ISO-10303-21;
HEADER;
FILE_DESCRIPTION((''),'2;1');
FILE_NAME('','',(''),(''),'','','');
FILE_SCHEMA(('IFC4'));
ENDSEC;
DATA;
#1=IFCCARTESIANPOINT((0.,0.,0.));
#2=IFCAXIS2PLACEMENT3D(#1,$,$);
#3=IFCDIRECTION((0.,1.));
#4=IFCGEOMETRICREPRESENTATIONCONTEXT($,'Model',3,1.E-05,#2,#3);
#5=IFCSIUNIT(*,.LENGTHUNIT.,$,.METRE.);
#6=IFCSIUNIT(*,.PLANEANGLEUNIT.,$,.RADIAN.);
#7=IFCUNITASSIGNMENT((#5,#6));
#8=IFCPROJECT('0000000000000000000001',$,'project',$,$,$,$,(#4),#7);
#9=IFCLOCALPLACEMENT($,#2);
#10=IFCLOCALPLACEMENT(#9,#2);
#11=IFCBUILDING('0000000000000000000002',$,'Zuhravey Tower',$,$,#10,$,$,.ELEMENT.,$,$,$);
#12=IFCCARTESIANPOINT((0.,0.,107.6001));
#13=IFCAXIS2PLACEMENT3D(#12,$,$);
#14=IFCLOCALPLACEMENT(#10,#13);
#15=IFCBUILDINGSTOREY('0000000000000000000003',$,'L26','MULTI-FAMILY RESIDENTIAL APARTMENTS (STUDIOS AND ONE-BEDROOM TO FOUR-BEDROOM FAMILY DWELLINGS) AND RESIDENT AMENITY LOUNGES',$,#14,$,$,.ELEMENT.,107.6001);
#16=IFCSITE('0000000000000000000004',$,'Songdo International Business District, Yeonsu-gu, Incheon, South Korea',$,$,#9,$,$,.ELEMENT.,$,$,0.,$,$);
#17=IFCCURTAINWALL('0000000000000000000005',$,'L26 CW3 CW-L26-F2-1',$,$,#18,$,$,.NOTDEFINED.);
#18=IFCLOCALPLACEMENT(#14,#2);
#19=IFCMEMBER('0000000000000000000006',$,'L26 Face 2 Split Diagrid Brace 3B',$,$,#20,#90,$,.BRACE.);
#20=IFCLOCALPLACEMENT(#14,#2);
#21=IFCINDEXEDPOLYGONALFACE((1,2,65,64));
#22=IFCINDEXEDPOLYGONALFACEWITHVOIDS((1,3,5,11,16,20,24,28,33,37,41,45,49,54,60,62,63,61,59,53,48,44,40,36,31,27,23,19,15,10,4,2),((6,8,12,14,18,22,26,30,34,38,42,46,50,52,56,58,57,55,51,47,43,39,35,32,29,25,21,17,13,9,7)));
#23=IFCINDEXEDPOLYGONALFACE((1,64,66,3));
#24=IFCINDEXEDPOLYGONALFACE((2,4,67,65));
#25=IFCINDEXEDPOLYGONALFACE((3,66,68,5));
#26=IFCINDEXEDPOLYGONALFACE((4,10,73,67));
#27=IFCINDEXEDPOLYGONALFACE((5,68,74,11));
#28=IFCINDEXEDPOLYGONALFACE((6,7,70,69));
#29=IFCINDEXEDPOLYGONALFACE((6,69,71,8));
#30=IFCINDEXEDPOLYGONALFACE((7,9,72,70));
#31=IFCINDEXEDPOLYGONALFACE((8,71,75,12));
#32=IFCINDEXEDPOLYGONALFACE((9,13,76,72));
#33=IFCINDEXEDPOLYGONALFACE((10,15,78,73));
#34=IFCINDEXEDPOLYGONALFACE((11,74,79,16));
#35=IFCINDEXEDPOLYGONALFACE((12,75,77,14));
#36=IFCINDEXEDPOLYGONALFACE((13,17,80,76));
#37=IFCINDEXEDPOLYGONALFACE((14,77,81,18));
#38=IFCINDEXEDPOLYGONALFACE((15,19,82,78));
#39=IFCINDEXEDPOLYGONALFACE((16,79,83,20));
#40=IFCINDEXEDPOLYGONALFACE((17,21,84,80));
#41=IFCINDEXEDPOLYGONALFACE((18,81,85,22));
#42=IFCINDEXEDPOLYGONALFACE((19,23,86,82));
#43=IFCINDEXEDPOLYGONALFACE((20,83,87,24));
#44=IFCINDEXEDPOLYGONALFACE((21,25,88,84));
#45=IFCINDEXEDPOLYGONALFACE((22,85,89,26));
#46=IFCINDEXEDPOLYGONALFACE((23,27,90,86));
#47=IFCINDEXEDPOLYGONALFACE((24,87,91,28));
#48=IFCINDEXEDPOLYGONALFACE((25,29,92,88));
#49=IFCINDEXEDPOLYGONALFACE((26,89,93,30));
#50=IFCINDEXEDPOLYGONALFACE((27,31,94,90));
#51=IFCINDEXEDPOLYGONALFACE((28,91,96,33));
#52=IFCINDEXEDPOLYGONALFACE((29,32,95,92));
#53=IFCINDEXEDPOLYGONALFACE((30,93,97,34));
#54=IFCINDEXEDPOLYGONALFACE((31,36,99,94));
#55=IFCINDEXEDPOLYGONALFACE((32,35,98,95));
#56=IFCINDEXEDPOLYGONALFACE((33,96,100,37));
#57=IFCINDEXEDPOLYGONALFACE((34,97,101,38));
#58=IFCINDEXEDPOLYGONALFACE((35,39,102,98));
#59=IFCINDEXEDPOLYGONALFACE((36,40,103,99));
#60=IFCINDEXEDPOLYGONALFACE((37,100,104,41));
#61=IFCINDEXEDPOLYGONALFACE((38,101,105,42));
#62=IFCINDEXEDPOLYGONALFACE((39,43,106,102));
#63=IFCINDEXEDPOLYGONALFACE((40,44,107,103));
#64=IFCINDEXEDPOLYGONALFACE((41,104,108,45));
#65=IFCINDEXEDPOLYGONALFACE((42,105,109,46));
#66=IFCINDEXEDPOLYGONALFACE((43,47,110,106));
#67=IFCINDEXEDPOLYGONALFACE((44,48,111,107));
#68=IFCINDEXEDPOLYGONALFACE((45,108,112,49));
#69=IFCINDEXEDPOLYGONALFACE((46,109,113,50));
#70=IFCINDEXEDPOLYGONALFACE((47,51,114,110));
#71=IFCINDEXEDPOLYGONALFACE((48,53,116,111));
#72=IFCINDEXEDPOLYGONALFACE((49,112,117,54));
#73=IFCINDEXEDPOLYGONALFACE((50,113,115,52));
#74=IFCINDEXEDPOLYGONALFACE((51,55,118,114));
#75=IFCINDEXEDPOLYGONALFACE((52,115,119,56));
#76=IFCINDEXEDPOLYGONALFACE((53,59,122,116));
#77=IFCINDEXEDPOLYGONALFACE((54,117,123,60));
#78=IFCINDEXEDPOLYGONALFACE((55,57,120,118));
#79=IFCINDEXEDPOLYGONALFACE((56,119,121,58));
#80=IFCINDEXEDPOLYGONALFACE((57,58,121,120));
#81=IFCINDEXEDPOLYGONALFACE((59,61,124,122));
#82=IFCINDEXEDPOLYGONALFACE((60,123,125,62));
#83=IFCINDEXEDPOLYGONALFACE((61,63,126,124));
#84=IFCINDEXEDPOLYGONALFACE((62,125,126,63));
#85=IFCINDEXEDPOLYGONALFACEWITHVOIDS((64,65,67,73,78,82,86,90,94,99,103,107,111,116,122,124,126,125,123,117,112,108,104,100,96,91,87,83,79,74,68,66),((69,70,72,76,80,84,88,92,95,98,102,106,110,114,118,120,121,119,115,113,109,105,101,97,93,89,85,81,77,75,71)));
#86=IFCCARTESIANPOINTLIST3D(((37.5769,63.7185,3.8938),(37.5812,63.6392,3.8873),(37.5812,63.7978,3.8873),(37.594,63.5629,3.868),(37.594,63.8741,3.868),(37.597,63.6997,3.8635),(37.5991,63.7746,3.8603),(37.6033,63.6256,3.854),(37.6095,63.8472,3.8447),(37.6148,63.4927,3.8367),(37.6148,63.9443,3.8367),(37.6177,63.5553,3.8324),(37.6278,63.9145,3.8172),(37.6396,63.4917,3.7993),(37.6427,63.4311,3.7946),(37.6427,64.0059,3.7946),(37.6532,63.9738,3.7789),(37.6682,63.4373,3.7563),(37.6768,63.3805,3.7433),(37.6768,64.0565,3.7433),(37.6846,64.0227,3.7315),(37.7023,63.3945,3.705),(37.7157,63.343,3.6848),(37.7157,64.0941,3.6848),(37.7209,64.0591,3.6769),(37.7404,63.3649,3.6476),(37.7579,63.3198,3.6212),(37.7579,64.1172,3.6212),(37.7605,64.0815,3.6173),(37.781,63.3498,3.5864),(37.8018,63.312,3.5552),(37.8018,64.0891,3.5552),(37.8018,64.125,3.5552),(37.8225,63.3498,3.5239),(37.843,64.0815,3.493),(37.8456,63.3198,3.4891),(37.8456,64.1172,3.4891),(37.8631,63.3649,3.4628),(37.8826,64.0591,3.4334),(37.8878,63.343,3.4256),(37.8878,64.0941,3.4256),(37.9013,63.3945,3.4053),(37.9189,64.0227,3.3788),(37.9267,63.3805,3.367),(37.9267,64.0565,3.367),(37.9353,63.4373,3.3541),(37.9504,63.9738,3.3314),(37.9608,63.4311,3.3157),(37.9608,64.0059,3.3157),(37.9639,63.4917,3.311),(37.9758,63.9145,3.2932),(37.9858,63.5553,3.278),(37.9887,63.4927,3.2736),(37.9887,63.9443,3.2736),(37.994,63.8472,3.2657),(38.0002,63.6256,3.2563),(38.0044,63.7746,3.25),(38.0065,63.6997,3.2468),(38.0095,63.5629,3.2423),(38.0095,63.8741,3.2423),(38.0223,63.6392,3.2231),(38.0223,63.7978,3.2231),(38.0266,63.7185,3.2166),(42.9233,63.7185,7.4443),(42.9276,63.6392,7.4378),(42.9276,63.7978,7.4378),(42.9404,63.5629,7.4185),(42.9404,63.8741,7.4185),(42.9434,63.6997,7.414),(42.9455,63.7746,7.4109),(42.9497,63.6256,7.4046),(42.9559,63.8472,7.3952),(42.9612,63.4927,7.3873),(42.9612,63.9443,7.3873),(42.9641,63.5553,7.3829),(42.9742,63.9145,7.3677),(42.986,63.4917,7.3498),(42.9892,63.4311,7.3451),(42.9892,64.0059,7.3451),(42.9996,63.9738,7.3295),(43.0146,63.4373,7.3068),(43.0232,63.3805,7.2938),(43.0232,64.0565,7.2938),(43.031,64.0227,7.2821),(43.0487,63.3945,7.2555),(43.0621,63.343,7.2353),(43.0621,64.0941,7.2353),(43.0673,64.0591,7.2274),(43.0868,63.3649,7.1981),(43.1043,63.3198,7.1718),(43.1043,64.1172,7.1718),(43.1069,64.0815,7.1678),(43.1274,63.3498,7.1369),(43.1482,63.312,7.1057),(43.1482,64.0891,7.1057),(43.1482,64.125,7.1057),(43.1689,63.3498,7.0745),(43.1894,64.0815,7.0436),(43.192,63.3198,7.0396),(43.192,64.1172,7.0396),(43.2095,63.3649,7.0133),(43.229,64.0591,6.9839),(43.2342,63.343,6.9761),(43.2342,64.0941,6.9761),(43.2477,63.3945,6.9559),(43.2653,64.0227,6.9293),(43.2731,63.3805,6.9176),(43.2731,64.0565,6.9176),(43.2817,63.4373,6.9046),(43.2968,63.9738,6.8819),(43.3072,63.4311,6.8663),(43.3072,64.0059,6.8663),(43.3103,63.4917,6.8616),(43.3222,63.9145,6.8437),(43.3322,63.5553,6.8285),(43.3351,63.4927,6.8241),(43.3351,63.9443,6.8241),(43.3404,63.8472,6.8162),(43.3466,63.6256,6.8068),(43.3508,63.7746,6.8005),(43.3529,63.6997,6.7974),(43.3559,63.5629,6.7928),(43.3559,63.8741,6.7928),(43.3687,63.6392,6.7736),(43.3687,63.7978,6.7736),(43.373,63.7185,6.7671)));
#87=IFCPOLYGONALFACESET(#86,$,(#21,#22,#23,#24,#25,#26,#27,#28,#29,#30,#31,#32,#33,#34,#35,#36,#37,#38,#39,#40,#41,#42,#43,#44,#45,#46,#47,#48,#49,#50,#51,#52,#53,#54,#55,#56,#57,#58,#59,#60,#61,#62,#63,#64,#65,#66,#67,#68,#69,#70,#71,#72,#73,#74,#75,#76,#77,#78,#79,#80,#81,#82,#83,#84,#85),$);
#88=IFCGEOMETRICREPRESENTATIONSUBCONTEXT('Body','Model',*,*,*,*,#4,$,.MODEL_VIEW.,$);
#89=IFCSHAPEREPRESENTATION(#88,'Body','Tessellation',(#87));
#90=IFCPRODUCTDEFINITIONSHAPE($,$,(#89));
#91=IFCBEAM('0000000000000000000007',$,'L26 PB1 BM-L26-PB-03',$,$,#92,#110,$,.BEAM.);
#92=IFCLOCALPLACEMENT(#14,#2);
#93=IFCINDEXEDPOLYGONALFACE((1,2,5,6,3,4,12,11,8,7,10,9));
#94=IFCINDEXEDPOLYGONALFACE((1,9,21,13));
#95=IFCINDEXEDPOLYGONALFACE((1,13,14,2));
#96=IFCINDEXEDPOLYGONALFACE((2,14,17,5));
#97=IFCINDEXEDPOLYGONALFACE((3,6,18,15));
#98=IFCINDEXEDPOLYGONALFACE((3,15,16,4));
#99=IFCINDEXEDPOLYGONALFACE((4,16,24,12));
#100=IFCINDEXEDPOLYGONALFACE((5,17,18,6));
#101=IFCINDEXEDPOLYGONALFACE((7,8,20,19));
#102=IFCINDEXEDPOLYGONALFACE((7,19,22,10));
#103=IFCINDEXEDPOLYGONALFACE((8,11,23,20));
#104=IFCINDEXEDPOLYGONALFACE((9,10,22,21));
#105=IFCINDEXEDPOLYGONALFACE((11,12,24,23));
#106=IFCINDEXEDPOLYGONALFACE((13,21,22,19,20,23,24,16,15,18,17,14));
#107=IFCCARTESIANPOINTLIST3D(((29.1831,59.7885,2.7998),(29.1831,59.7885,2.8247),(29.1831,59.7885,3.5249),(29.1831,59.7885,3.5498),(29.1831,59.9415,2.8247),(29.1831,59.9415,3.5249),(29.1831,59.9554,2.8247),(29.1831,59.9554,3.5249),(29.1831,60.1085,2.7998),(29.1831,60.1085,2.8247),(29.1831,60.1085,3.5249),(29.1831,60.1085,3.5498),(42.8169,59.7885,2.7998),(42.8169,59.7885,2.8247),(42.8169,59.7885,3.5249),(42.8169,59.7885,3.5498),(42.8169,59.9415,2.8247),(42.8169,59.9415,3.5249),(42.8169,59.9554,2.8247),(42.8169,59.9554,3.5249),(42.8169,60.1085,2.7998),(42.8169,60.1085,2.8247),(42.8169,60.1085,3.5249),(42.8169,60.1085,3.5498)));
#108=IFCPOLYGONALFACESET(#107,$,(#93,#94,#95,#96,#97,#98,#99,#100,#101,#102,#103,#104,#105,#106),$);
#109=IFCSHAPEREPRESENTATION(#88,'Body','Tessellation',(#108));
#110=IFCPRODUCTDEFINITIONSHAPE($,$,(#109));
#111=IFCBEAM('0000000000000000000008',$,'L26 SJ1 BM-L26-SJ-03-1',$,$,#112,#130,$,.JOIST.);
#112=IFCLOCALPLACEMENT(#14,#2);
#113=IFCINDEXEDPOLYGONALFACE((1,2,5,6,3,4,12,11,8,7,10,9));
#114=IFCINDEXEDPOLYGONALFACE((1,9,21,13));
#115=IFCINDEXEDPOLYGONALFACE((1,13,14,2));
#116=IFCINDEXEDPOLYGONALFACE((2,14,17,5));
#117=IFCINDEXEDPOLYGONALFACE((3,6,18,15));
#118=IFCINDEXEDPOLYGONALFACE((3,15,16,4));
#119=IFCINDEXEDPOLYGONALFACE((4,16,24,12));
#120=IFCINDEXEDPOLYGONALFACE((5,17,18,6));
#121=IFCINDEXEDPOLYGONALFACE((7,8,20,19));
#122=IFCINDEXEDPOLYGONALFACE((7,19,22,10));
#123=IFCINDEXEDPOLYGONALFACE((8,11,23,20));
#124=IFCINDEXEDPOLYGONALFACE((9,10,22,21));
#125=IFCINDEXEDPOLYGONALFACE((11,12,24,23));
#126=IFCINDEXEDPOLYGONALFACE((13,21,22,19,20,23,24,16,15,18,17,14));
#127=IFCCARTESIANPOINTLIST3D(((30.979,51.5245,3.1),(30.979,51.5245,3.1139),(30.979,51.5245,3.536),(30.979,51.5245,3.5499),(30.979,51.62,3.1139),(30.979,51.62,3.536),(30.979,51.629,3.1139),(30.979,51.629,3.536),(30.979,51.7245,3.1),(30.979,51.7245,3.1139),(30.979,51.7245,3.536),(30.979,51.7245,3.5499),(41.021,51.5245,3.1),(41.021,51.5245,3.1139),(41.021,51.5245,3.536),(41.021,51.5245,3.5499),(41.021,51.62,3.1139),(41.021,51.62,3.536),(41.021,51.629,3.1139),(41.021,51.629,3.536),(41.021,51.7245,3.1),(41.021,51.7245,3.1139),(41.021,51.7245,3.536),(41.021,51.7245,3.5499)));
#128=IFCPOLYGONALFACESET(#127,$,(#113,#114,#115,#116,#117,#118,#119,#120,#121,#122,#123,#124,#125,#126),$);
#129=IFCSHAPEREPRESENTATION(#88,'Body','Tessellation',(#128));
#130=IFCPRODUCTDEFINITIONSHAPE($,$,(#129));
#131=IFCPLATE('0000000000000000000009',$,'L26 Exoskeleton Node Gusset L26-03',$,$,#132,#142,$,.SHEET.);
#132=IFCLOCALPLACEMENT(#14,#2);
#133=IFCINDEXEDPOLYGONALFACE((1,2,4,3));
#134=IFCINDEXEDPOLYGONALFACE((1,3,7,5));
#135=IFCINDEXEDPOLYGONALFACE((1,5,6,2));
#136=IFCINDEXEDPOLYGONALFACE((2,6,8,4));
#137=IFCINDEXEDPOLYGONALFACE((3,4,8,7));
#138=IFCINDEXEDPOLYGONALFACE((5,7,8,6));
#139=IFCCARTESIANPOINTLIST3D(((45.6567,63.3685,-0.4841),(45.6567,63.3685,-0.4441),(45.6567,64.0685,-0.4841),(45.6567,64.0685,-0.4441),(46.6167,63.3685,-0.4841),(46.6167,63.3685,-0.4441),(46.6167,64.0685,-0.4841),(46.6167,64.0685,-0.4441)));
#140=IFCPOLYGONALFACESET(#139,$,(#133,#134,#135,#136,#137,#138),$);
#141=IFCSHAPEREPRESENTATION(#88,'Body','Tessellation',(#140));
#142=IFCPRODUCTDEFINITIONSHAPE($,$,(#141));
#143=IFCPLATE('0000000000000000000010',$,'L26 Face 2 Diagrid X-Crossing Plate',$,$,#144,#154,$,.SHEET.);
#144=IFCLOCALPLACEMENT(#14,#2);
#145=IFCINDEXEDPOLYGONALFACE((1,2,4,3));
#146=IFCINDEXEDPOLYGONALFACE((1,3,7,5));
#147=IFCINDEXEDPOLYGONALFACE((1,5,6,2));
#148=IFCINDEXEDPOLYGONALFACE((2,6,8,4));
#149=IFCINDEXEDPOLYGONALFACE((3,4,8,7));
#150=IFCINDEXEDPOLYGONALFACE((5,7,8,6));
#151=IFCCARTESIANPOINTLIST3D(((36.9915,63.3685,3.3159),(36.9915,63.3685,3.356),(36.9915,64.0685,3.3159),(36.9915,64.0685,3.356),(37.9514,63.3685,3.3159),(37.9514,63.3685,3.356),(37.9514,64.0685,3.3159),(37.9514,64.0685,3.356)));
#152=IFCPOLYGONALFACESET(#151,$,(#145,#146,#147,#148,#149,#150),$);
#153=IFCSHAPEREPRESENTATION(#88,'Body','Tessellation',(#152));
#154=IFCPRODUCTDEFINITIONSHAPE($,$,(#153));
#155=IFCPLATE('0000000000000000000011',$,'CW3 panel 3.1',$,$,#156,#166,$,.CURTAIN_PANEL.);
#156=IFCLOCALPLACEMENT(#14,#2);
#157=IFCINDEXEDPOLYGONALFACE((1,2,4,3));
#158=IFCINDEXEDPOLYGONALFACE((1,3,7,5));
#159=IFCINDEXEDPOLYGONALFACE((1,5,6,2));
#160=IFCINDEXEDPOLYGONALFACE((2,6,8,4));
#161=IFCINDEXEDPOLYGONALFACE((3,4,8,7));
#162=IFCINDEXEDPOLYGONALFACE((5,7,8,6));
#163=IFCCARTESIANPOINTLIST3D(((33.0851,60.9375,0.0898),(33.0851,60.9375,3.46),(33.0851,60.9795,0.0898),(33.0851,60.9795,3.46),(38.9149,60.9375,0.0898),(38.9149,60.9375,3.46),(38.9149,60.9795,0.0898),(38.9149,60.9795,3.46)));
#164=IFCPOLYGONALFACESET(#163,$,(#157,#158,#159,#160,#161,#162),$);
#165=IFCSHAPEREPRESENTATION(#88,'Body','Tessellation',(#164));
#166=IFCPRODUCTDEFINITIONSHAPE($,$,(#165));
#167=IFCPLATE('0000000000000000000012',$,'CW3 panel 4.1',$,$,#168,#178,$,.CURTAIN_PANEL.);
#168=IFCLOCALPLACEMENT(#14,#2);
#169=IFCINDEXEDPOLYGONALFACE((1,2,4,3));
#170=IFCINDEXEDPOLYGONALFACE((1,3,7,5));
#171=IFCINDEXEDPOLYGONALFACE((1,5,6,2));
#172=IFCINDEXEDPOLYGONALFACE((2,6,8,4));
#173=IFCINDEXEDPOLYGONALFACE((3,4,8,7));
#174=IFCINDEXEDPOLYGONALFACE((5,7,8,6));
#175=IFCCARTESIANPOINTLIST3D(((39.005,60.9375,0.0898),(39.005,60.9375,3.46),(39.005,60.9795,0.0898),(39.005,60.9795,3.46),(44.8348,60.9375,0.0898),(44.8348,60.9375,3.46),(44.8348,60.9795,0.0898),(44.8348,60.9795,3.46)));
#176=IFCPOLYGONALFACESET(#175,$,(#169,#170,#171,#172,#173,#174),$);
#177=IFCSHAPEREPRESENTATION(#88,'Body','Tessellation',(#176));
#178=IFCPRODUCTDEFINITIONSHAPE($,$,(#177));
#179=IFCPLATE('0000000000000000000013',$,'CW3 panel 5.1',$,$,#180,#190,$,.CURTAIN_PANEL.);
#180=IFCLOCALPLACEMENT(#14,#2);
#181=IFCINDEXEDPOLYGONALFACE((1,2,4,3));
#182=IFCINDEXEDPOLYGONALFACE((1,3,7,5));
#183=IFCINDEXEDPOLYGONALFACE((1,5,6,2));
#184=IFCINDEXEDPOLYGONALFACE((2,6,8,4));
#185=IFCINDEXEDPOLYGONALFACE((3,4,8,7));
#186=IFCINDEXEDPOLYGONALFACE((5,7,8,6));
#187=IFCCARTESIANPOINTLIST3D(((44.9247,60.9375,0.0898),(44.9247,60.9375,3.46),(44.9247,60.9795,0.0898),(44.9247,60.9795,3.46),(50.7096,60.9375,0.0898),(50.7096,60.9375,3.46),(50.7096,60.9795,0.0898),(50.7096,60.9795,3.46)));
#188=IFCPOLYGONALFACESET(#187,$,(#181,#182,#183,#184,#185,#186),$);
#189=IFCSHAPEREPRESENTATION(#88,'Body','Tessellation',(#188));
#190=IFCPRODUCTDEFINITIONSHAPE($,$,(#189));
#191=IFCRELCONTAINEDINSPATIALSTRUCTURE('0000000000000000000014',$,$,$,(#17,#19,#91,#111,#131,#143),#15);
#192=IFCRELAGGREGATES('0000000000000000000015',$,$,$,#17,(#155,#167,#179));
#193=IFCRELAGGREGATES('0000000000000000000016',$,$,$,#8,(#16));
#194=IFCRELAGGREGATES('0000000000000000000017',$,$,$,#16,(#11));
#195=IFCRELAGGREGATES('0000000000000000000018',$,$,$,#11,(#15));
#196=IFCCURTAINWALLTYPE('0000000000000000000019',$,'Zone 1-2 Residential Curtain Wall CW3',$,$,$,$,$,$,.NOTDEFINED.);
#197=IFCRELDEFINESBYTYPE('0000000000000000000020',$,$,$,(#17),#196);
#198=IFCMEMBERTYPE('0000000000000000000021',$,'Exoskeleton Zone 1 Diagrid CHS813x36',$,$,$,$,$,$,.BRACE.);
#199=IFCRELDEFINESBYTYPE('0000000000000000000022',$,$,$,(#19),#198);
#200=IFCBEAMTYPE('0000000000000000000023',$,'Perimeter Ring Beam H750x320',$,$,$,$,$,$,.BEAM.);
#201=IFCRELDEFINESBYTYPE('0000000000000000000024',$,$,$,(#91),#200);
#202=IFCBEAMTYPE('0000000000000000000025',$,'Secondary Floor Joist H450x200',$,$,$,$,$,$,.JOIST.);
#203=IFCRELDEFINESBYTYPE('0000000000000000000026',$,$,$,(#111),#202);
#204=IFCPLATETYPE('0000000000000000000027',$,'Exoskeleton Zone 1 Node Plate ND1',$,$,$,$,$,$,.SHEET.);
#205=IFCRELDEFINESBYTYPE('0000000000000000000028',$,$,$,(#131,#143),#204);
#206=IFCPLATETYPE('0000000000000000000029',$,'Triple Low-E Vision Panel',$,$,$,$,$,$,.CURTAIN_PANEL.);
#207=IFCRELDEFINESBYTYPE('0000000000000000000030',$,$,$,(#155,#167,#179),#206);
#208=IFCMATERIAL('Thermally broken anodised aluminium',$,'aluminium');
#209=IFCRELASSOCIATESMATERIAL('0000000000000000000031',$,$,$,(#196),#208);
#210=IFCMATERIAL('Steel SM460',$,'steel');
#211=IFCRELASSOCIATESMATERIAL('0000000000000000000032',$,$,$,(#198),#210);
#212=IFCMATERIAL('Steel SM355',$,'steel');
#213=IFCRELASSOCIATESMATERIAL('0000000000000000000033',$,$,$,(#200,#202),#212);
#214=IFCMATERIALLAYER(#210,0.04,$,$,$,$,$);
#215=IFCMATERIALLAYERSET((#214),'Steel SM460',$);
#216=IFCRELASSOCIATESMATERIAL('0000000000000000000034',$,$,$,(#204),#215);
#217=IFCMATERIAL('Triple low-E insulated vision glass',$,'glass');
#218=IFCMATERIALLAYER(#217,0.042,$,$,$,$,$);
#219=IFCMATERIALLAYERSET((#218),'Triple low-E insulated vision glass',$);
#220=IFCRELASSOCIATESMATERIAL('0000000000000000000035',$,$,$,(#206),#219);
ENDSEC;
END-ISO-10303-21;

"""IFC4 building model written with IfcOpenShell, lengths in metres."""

from ifc_helpers import new_model, si_unit, direction, frame, origin, origin_2d, place, context, subcontext, project, spatial, rectangle, hollow_circle, i_section, extrude, material, layer, layer_set, material_profile, profile_set, type_object, element, aggregate, save


model = new_model("IFC4")

# Units and contexts
model_context = context("Model", 3, precision=1e-05, world=origin(), true_north=direction((0.0, 1.0)))
body_context = subcontext(model_context, "Body", "Model", "MODEL_VIEW")
ifc_project = project(units=[si_unit("LENGTHUNIT", "METRE"), si_unit("PLANEANGLEUNIT", "RADIAN")], contexts=[model_context])

# Site, building, storey
site_placement = place(None, origin())
site = spatial("IfcSite", under=ifc_project, at=site_placement, Name="Songdo International Business District, Yeonsu-gu, Incheon, South Korea", CompositionType="ELEMENT", RefElevation=0.0)
building_placement = place(site_placement, origin())
building = spatial("IfcBuilding", under=site, at=building_placement, Name="Zuhravey Tower", CompositionType="ELEMENT")
storey_placement = place(building_placement, frame((0.0, 0.0, 107.6001)))
storey = spatial("IfcBuildingStorey", under=building, at=storey_placement, Name="L26", Description="MULTI-FAMILY RESIDENTIAL APARTMENTS (STUDIOS AND ONE-BEDROOM TO FOUR-BEDROOM FAMILY DWELLINGS) AND RESIDENT AMENITY LOUNGES", CompositionType="ELEMENT", Elevation=107.6001)

# Curtain wall
ifc_material_1 = material(Name="Thermally broken anodised aluminium", Category="aluminium")
curtain_wall_type = type_object("IfcCurtainWallType", Name="Zone 1-2 Residential Curtain Wall CW3", PredefinedType="NOTDEFINED", material=ifc_material_1)
curtain_wall_placement = place(storey_placement, origin())
curtain_wall = element("IfcCurtainWall", 1, at=curtain_wall_placement, inside=storey, type_object=curtain_wall_type, Name="L26 CW3 CW-L26-F2-1", PredefinedType="NOTDEFINED")

# Member
ifc_material_2 = material(Name="Steel SM355", Category="steel")
ifc_material_3 = material(Name="Steel SM460", Category="steel")
ifc_material_profile_1 = material_profile(ifc_material_3, hollow_circle(Radius=0.4065, WallThickness=0.0359, at=origin_2d()), Name="CHS-812.8x36")
ifc_profile_set_1 = profile_set([ifc_material_profile_1], Name="Steel SM460")
member_type_1 = type_object("IfcMemberType", Name="Exoskeleton Zone 1 Diagrid CHS813x36", PredefinedType="BRACE", material=ifc_profile_set_1)
member_1_placement = place(storey_placement, frame((37.8018, 63.7185, 3.5552), z_axis=(0.833038, 0.0, 0.553216), x_axis=(0.0, 1.0, 0.0)))
element("IfcMember", 2, at=member_1_placement, inside=storey, type_object=member_type_1, Name="L26 Face 2 Split Diagrid Brace 3B", PredefinedType="BRACE", context=body_context, shape_type="SweptSolid", body=[
    extrude(hollow_circle(Radius=0.4065, WallThickness=0.0359, at=origin_2d()), origin(), (0.0, 0.0, 1.0), 6.418),
])

# Beams
ifc_material_profile_2 = material_profile(ifc_material_2, i_section(OverallWidth=0.3201, OverallDepth=0.75, WebThickness=0.0139, FlangeThickness=0.0249, at=origin_2d()), Name="H-750x320x14x25")
ifc_profile_set_2 = profile_set([ifc_material_profile_2], Name="Steel SM355")
beam_type_1 = type_object("IfcBeamType", Name="Perimeter Ring Beam H750x320", PredefinedType="BEAM", material=ifc_profile_set_2)
beam_1_placement = place(storey_placement, frame((42.8169, 59.9485, 3.1748), z_axis=(-1.0, 0.0, 0.0), x_axis=(0.0, -1.0, 0.0)))
element("IfcBeam", 3, at=beam_1_placement, inside=storey, type_object=beam_type_1, Name="L26 PB1 BM-L26-PB-03", PredefinedType="BEAM", context=body_context, shape_type="SweptSolid", body=[
    extrude(i_section(OverallWidth=0.3201, OverallDepth=0.75, WebThickness=0.0139, FlangeThickness=0.0249, at=origin_2d()), origin(), (0.0, 0.0, 1.0), 13.6338),
])
ifc_material_profile_3 = material_profile(ifc_material_2, i_section(OverallWidth=0.2, OverallDepth=0.45, WebThickness=0.009, FlangeThickness=0.0139, at=origin_2d()), Name="H-450x200x9x14")
ifc_profile_set_3 = profile_set([ifc_material_profile_3], Name="Steel SM355")
beam_type_2 = type_object("IfcBeamType", Name="Secondary Floor Joist H450x200", PredefinedType="JOIST", material=ifc_profile_set_3)
beam_2_placement = place(storey_placement, frame((41.021, 51.6245, 3.325), z_axis=(-1.0, 0.0, 0.0), x_axis=(0.0, -1.0, 0.0)))
element("IfcBeam", 4, at=beam_2_placement, inside=storey, type_object=beam_type_2, Name="L26 SJ1 BM-L26-SJ-03-1", PredefinedType="JOIST", context=body_context, shape_type="SweptSolid", body=[
    extrude(i_section(OverallWidth=0.2, OverallDepth=0.45, WebThickness=0.009, FlangeThickness=0.0139, at=origin_2d()), origin(), (0.0, 0.0, 1.0), 10.042),
])

# Plates
ifc_layer_1 = layer(ifc_material_3, 0.04)
ifc_layer_set_1 = layer_set([ifc_layer_1], Name="Steel SM460")
plate_type_1 = type_object("IfcPlateType", Name="Exoskeleton Zone 1 Node Plate ND1", PredefinedType="SHEET", material=ifc_layer_set_1)
for number, where, z_axis, x_axis, name in (
    (5, (46.1367, 63.7185, -0.4841), (0.0, 0.0, 1.0), (-1.0, 0.0, 0.0), "L26 Exoskeleton Node Gusset L26-03"),
    (6, (37.4714, 63.7185, 3.3159), (0.0, 0.0, 1.0), (-1.0, 0.0, 0.0), "L26 Face 2 Diagrid X-Crossing Plate"),
):
    element("IfcPlate", number, at=place(storey_placement, frame(where, z_axis=z_axis, x_axis=x_axis)), inside=storey, type_object=plate_type_1, Name=name, PredefinedType="SHEET", context=body_context, shape_type="SweptSolid", body=[
        extrude(rectangle(XDim=0.96, YDim=0.7, at=origin_2d()), origin(), (0.0, 0.0, 1.0), 0.04),
    ])

# Plates
ifc_material_4 = material(Name="Triple low-E insulated vision glass", Category="glass")
ifc_layer_2 = layer(ifc_material_4, 0.042)
ifc_layer_set_2 = layer_set([ifc_layer_2], Name="Triple low-E insulated vision glass")
plate_type_2 = type_object("IfcPlateType", Name="Triple Low-E Vision Panel", PredefinedType="CURTAIN_PANEL", material=ifc_layer_set_2)
plate_1_placement = place(storey_placement, frame((36.0, 60.9585, 0.0898), z_axis=(0.0, 0.0, 1.0), x_axis=(1.0, 0.0, 0.0)))
plate_1 = element("IfcPlate", 7, at=plate_1_placement, type_object=plate_type_2, Name="CW3 panel 3.1", PredefinedType="CURTAIN_PANEL", context=body_context, shape_type="SweptSolid", body=[
    extrude(rectangle(XDim=5.8298, YDim=0.042, at=origin_2d()), origin(), (0.0, 0.0, 1.0), 3.3701),
])
plate_2_placement = place(storey_placement, frame((41.9199, 60.9585, 0.0898), z_axis=(0.0, 0.0, 1.0), x_axis=(1.0, 0.0, 0.0)))
plate_2 = element("IfcPlate", 8, at=plate_2_placement, type_object=plate_type_2, Name="CW3 panel 4.1", PredefinedType="CURTAIN_PANEL", context=body_context, shape_type="SweptSolid", body=[
    extrude(rectangle(XDim=5.8298, YDim=0.042, at=origin_2d()), origin(), (0.0, 0.0, 1.0), 3.3701),
])
plate_3_placement = place(storey_placement, frame((47.8171, 60.9585, 0.0898), z_axis=(0.0, 0.0, 1.0), x_axis=(1.0, 0.0, 0.0)))
plate_3 = element("IfcPlate", 9, at=plate_3_placement, type_object=plate_type_2, Name="CW3 panel 5.1", PredefinedType="CURTAIN_PANEL", context=body_context, shape_type="SweptSolid", body=[
    extrude(rectangle(XDim=5.7849, YDim=0.042, at=origin_2d()), origin(), (0.0, 0.0, 1.0), 3.3701),
])
aggregate(curtain_wall, [plate_1, plate_2, plate_3])

save(model, "model.ifc")
